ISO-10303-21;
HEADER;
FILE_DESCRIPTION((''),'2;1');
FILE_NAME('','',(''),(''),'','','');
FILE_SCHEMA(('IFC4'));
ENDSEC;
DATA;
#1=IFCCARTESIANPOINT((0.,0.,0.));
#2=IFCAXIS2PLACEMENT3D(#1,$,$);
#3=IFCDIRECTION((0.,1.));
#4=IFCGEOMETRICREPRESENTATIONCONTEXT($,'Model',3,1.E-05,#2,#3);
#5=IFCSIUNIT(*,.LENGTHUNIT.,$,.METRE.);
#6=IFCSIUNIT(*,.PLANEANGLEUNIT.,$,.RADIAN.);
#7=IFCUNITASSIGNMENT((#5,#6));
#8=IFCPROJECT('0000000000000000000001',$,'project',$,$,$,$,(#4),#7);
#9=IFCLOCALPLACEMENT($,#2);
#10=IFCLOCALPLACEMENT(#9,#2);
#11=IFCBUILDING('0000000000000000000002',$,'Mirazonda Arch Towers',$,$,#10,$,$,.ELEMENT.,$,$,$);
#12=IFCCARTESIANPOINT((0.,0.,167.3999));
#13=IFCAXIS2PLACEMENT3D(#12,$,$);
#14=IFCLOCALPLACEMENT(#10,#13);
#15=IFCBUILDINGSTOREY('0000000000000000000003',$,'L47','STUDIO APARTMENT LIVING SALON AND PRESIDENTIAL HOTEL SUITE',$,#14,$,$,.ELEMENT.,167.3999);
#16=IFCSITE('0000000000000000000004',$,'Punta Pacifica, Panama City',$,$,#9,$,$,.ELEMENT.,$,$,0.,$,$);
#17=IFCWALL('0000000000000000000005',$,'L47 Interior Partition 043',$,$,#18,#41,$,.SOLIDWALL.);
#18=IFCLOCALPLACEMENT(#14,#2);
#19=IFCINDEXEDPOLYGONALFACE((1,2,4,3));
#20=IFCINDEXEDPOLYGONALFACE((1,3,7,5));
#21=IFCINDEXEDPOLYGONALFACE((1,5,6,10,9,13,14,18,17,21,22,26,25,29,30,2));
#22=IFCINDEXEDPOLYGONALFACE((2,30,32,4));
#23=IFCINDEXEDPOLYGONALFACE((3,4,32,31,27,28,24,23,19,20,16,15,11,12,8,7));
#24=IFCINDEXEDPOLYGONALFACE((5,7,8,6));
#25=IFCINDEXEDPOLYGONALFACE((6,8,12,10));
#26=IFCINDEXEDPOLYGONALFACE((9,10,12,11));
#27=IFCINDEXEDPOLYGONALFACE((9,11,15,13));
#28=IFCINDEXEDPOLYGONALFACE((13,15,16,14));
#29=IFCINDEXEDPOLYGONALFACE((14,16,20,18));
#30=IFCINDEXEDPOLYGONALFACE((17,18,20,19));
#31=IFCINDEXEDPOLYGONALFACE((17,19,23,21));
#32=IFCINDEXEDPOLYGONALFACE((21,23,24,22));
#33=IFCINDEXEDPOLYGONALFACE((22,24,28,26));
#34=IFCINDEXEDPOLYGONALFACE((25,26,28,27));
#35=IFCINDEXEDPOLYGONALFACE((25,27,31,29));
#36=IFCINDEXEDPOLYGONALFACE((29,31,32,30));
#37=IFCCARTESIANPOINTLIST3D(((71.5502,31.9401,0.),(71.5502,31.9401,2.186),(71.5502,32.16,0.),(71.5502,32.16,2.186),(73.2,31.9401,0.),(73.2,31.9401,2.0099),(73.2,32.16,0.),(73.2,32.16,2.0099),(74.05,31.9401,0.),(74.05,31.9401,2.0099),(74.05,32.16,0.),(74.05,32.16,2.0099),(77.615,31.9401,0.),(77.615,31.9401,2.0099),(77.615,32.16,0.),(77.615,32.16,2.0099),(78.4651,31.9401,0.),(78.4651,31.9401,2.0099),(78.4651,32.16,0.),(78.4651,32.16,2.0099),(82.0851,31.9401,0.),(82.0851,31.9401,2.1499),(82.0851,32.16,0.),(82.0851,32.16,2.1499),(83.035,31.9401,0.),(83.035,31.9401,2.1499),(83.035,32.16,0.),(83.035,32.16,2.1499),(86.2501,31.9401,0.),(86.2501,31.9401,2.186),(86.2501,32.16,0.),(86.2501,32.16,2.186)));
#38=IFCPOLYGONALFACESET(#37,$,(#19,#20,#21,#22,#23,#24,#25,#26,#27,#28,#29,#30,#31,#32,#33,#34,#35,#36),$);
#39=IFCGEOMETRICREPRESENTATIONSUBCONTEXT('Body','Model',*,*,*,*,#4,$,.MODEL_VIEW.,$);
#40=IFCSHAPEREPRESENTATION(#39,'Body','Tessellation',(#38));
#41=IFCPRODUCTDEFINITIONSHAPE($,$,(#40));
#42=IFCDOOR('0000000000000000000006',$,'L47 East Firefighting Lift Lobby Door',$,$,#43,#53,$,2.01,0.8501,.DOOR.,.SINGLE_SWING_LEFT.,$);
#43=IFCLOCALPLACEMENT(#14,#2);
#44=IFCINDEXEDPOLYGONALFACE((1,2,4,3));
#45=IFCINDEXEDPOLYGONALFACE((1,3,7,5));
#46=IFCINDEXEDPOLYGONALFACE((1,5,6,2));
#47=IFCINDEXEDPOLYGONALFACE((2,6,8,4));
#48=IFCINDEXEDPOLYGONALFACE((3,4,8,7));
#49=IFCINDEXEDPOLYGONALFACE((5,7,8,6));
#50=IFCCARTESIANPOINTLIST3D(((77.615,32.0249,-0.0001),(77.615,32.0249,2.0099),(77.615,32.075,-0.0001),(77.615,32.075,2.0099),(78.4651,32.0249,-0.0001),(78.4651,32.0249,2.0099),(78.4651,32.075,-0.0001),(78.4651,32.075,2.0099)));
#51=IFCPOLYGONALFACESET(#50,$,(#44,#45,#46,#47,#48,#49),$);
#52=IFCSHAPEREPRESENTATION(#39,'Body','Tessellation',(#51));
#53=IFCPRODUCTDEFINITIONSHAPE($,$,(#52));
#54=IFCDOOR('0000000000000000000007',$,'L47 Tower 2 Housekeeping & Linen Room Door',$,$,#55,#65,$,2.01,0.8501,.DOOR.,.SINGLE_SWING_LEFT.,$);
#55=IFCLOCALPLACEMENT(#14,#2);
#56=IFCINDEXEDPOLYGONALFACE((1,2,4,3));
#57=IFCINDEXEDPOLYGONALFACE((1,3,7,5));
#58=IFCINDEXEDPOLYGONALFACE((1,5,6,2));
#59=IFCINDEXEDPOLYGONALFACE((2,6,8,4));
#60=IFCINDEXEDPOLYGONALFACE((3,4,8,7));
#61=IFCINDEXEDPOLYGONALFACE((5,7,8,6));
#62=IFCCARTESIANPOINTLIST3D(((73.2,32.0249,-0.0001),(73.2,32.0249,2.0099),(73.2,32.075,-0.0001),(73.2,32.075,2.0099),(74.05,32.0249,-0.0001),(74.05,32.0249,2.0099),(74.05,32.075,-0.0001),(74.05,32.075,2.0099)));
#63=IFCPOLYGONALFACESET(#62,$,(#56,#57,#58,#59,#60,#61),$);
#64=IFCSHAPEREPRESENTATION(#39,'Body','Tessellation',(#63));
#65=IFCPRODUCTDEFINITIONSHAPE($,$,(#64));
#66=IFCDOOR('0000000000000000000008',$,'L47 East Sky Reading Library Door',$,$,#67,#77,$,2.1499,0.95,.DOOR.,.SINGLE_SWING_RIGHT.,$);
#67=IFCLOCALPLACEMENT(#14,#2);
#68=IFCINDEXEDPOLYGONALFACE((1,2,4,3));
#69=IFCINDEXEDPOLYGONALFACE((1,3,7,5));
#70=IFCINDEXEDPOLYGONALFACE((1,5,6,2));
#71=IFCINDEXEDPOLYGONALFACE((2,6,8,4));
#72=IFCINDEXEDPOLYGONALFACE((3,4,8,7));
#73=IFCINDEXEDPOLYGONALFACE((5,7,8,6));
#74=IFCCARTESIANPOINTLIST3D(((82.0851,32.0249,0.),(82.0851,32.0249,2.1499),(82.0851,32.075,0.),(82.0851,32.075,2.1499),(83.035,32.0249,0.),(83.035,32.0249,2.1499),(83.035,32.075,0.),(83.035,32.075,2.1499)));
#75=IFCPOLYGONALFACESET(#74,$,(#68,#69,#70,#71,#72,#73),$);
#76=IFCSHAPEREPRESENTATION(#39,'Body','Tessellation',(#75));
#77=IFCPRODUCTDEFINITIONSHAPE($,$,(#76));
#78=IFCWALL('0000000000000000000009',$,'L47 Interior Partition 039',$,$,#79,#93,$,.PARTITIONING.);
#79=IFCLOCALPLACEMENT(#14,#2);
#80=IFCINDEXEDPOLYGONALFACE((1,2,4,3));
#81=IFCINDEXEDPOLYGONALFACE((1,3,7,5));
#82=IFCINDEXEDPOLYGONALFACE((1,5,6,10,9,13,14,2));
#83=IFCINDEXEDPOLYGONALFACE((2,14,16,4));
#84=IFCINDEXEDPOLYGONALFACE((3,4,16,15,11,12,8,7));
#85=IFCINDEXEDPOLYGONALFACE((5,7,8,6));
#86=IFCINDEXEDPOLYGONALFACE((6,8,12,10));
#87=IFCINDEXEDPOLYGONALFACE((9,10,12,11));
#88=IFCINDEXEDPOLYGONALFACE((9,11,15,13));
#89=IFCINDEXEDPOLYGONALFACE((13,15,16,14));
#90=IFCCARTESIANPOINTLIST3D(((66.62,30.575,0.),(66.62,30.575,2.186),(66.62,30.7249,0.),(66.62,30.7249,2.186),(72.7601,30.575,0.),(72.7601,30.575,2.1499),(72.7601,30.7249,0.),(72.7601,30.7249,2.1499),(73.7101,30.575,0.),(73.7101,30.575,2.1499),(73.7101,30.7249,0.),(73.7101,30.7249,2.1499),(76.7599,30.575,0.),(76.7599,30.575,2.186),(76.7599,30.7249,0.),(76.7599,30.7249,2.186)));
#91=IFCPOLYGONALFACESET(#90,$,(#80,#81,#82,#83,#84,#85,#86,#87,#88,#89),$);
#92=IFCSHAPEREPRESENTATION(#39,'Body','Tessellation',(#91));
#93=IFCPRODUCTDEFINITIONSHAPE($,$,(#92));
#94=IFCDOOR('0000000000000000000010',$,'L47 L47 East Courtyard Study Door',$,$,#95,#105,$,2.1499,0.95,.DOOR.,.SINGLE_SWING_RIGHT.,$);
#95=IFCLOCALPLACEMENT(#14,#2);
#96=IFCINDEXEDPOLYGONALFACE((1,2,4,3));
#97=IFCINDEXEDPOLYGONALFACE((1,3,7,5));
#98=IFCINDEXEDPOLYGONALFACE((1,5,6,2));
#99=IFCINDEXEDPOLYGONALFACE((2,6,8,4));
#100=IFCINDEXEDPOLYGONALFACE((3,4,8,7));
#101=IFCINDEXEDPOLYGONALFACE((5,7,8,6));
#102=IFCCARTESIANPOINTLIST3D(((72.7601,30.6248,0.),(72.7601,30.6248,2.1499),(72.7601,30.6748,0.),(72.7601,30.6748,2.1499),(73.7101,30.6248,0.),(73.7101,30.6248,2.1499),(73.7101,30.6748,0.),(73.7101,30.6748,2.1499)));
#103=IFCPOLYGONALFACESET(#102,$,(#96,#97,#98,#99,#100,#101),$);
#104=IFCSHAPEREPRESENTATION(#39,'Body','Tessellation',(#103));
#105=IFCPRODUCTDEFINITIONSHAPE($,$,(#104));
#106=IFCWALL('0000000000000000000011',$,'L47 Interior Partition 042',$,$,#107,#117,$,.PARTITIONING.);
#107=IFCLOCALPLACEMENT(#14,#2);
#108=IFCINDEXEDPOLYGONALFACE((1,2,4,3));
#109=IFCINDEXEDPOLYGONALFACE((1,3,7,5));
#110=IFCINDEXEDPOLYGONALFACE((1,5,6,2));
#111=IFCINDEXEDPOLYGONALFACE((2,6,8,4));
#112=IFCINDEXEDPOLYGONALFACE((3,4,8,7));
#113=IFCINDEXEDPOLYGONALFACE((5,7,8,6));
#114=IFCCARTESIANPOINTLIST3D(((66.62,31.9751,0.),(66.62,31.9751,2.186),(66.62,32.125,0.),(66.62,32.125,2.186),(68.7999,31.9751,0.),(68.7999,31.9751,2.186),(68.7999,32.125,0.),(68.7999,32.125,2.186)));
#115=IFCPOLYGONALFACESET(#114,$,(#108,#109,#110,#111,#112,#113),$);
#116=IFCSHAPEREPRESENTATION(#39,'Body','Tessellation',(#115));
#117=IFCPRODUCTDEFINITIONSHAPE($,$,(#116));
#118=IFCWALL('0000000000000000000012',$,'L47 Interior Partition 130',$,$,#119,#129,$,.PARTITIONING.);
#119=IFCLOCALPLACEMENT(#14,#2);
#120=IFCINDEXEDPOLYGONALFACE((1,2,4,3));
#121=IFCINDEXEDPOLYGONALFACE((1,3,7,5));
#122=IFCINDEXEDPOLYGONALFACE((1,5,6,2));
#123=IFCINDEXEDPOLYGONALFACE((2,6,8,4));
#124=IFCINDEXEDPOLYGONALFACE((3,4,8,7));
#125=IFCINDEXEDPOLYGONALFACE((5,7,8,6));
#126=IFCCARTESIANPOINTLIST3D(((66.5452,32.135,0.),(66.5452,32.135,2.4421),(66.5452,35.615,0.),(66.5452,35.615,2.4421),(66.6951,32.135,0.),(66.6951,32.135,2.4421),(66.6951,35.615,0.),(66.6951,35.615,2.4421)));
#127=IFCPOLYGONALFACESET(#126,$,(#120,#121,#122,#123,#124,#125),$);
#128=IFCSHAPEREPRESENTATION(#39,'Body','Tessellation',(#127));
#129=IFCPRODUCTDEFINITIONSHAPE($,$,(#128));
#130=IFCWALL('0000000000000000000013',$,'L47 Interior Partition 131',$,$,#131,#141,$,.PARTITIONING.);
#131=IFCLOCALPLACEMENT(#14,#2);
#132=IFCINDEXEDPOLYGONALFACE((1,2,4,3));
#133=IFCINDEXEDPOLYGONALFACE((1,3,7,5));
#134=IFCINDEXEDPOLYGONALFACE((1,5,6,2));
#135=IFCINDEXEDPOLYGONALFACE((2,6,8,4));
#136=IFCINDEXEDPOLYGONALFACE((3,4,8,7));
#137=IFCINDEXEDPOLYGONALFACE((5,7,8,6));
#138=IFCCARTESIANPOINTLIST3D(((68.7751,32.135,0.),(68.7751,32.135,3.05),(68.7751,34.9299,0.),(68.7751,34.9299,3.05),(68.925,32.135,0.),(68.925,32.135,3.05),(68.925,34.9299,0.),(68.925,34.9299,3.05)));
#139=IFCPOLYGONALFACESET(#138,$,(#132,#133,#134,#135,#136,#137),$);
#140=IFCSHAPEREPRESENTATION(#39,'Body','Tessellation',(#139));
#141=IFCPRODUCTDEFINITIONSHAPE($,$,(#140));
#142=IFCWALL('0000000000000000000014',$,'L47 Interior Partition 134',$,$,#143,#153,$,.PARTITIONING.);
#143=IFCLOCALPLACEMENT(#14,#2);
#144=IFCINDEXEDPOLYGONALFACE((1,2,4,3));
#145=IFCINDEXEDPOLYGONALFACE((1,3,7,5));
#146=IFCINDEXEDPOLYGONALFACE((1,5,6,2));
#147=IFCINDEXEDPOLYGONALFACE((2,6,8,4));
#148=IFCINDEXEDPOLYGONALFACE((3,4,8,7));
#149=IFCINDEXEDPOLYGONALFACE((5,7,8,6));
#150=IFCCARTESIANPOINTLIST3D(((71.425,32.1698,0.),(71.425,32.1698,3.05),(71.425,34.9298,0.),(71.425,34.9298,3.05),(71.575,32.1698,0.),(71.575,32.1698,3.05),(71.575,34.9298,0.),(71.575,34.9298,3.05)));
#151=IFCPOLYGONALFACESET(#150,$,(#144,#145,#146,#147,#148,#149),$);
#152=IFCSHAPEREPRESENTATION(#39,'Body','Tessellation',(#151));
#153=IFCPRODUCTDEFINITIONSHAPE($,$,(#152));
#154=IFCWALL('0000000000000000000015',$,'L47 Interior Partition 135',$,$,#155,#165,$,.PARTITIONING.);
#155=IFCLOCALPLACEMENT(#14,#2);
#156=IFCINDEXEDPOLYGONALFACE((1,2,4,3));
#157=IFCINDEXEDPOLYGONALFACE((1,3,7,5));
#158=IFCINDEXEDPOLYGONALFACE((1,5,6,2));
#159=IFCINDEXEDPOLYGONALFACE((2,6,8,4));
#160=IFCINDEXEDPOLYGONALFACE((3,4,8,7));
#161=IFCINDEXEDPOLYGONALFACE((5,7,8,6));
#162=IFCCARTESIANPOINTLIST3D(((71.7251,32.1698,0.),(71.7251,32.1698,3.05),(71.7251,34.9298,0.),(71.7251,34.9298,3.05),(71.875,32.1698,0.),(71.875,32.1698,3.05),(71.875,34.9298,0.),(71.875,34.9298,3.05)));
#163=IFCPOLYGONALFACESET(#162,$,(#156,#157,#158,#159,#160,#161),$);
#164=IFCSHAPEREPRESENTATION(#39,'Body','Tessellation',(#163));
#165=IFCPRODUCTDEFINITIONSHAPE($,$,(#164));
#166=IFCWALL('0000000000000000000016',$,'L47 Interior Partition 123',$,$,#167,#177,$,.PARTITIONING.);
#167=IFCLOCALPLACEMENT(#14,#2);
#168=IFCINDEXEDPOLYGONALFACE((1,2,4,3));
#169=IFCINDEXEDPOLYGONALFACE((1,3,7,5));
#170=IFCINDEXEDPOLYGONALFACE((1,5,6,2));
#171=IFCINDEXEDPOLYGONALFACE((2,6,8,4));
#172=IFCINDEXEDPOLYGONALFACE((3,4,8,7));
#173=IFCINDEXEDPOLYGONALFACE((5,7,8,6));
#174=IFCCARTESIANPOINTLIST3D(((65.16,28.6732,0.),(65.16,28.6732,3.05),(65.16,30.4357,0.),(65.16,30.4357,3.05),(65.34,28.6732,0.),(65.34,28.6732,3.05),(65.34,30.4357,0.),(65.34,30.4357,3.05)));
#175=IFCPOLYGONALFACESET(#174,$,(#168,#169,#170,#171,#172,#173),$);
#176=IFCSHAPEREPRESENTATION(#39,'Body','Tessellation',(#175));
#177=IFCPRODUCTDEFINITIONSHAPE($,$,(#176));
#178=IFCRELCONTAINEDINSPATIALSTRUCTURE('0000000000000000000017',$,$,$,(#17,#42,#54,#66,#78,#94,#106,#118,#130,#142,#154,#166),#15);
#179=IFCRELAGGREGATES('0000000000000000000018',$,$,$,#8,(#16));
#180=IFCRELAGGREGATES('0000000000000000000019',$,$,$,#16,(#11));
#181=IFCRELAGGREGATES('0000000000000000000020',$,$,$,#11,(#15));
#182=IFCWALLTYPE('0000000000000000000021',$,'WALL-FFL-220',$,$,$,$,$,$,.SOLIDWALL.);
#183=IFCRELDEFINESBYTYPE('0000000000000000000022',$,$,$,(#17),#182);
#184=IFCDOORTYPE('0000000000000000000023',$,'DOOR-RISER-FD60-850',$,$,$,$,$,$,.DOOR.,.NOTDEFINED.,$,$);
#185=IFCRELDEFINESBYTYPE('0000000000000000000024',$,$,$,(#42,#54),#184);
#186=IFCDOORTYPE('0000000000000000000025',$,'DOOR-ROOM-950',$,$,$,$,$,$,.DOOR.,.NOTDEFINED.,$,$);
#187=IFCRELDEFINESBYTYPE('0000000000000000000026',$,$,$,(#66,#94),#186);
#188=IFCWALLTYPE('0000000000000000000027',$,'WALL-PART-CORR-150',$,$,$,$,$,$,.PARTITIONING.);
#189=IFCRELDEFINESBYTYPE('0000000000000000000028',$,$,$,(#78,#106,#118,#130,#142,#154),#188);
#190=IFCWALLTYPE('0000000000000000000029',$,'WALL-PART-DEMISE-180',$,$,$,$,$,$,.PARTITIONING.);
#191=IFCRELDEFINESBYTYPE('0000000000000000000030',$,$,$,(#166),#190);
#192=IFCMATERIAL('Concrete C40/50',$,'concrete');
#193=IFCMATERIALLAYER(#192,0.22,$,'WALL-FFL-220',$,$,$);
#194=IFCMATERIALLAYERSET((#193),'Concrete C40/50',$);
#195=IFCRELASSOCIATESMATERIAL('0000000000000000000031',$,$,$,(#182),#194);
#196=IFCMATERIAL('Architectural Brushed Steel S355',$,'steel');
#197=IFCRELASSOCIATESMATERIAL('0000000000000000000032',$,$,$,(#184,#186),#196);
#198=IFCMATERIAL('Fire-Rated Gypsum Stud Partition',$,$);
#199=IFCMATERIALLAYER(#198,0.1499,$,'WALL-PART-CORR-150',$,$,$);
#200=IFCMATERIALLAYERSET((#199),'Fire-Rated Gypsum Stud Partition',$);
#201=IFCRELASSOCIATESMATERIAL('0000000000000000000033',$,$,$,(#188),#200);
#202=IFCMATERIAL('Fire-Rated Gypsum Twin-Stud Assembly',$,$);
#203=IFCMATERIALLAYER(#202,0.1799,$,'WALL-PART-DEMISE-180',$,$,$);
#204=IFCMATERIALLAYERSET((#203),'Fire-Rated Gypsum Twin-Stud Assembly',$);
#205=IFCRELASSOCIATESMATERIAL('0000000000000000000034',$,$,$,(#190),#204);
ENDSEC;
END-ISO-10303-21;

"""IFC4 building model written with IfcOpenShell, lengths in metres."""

from ifc_helpers import new_model, si_unit, direction, frame, frame_2d, origin, place, context, subcontext, project, spatial, rectangle, extrude, material, layer, layer_set, type_object, element, fill, save


model = new_model("IFC4")

# Units and contexts
model_context = context("Model", 3, precision=1e-05, world=origin(), true_north=direction((0.0, 1.0)))
body_context = subcontext(model_context, "Body", "Model", "MODEL_VIEW")
ifc_project = project(units=[si_unit("LENGTHUNIT", "METRE"), si_unit("PLANEANGLEUNIT", "RADIAN")], contexts=[model_context])

# Site, building, storey
site_placement = place(None, origin())
site = spatial("IfcSite", under=ifc_project, at=site_placement, Name="Punta Pacifica, Panama City", CompositionType="ELEMENT", RefElevation=0.0)
building_placement = place(site_placement, origin())
building = spatial("IfcBuilding", under=site, at=building_placement, Name="Mirazonda Arch Towers", CompositionType="ELEMENT")
storey_placement = place(building_placement, frame((0.0, 0.0, 167.3999)))
storey = spatial("IfcBuildingStorey", under=building, at=storey_placement, Name="L47", Description="STUDIO APARTMENT LIVING SALON AND PRESIDENTIAL HOTEL SUITE", CompositionType="ELEMENT", Elevation=167.3999)

# Wall, openings, doors
ifc_material_1 = material(Name="Architectural Brushed Steel S355", Category="steel")
ifc_material_2 = material(Name="Concrete C40/50", Category="concrete")
ifc_layer_1 = layer(ifc_material_2, 0.22, Name="WALL-FFL-220")
ifc_layer_set_1 = layer_set([ifc_layer_1], Name="Concrete C40/50")
wall_type_1 = type_object("IfcWallType", Name="WALL-FFL-220", PredefinedType="SOLIDWALL", material=ifc_layer_set_1)
wall_1_placement = place(storey_placement, frame((71.55, 32.05, 0.0), z_axis=(0.0, 0.0, 1.0), x_axis=(1.0, 0.0, 0.0)))
wall_1 = element("IfcWall", 1, at=wall_1_placement, inside=storey, type_object=wall_type_1, Name="L47 Interior Partition 043", PredefinedType="SOLIDWALL", context=body_context, shape_type="SweptSolid", body=[
    extrude(rectangle(XDim=14.7, YDim=0.22, at=frame_2d((7.3501, 0.0))), origin(), (0.0, 0.0, 1.0), 2.186),
])
opening_1_placement = place(wall_1_placement, frame((6.0649, 0.0, 0.0)))
opening_1 = element("IfcOpeningElement", 2, at=opening_1_placement, cuts=wall_1, PredefinedType="OPENING", context=body_context, shape_type="SweptSolid", body=[
    extrude(rectangle(XDim=0.8501, YDim=2.01, at=frame_2d((0.425, 1.0049))), frame((0.0, 0.1199, 0.0), z_axis=(0.0, -1.0, 0.0), x_axis=(1.0, 0.0, 0.0)), (0.0, 0.0, 1.0), 0.24),
])
opening_2_placement = place(wall_1_placement, frame((10.5349, 0.0, 0.0)))
opening_2 = element("IfcOpeningElement", 3, at=opening_2_placement, cuts=wall_1, PredefinedType="OPENING", context=body_context, shape_type="SweptSolid", body=[
    extrude(rectangle(XDim=0.95, YDim=2.1499, at=frame_2d((0.4751, 1.075))), frame((0.0, 0.1199, 0.0), z_axis=(0.0, -1.0, 0.0), x_axis=(1.0, 0.0, 0.0)), (0.0, 0.0, 1.0), 0.24),
])
opening_3_placement = place(wall_1_placement, frame((1.6499, 0.0, 0.0)))
opening_3 = element("IfcOpeningElement", 4, at=opening_3_placement, cuts=wall_1, PredefinedType="OPENING", context=body_context, shape_type="SweptSolid", body=[
    extrude(rectangle(XDim=0.8501, YDim=2.01, at=frame_2d((0.425, 1.0049))), frame((0.0, 0.1199, 0.0), z_axis=(0.0, -1.0, 0.0), x_axis=(1.0, 0.0, 0.0)), (0.0, 0.0, 1.0), 0.24),
])
door_type_1 = type_object("IfcDoorType", Name="DOOR-RISER-FD60-850", OperationType="NOTDEFINED", PredefinedType="DOOR", material=ifc_material_1)
door_1_placement = place(opening_1_placement, origin())
door_1 = element("IfcDoor", 5, at=door_1_placement, inside=storey, type_object=door_type_1, Name="L47 East Firefighting Lift Lobby Door", OperationType="SINGLE_SWING_LEFT", OverallHeight=2.01, OverallWidth=0.8501, PredefinedType="DOOR", context=body_context, shape_type="SweptSolid", body=[
    extrude(rectangle(XDim=0.8501, YDim=2.01, at=frame_2d((0.425, 1.0049))), frame((0.0, 0.0249, 0.0), z_axis=(0.0, -1.0, 0.0), x_axis=(1.0, 0.0, 0.0)), (0.0, 0.0, 1.0), 0.05),
])
fill(opening_1, door_1)
door_2_placement = place(opening_3_placement, origin())
door_2 = element("IfcDoor", 6, at=door_2_placement, inside=storey, type_object=door_type_1, Name="L47 Tower 2 Housekeeping & Linen Room Door", OperationType="SINGLE_SWING_LEFT", OverallHeight=2.01, OverallWidth=0.8501, PredefinedType="DOOR", context=body_context, shape_type="SweptSolid", body=[
    extrude(rectangle(XDim=0.8501, YDim=2.01, at=frame_2d((0.425, 1.0049))), frame((0.0, 0.0249, 0.0), z_axis=(0.0, -1.0, 0.0), x_axis=(1.0, 0.0, 0.0)), (0.0, 0.0, 1.0), 0.05),
])
fill(opening_3, door_2)
door_type_2 = type_object("IfcDoorType", Name="DOOR-ROOM-950", OperationType="NOTDEFINED", PredefinedType="DOOR", material=ifc_material_1)
door_3_placement = place(opening_2_placement, origin())
door_3 = element("IfcDoor", 7, at=door_3_placement, inside=storey, type_object=door_type_2, Name="L47 East Sky Reading Library Door", OperationType="SINGLE_SWING_RIGHT", OverallHeight=2.1499, OverallWidth=0.95, PredefinedType="DOOR", context=body_context, shape_type="SweptSolid", body=[
    extrude(rectangle(XDim=0.95, YDim=2.1499, at=frame_2d((0.4751, 1.075))), frame((0.0, 0.0249, 0.0), z_axis=(0.0, -1.0, 0.0), x_axis=(1.0, 0.0, 0.0)), (0.0, 0.0, 1.0), 0.05),
])
fill(opening_2, door_3)

# Wall, opening, door
ifc_material_3 = material(Name="Fire-Rated Gypsum Stud Partition")
ifc_layer_2 = layer(ifc_material_3, 0.1499, Name="WALL-PART-CORR-150")
ifc_layer_set_2 = layer_set([ifc_layer_2], Name="Fire-Rated Gypsum Stud Partition")
wall_type_2 = type_object("IfcWallType", Name="WALL-PART-CORR-150", PredefinedType="PARTITIONING", material=ifc_layer_set_2)
wall_2_placement = place(storey_placement, frame((66.6201, 30.6499, 0.0), z_axis=(0.0, 0.0, 1.0), x_axis=(1.0, 0.0, 0.0)))
wall_2 = element("IfcWall", 8, at=wall_2_placement, inside=storey, type_object=wall_type_2, Name="L47 Interior Partition 039", PredefinedType="PARTITIONING", context=body_context, shape_type="SweptSolid", body=[
    extrude(rectangle(XDim=10.1399, YDim=0.1499, at=frame_2d((5.0698, 0.0))), origin(), (0.0, 0.0, 1.0), 2.186),
])
opening_4_placement = place(wall_2_placement, frame((6.1399, 0.0, 0.0)))
opening_4 = element("IfcOpeningElement", 9, at=opening_4_placement, cuts=wall_2, PredefinedType="OPENING", context=body_context, shape_type="SweptSolid", body=[
    extrude(rectangle(XDim=0.95, YDim=2.1499, at=frame_2d((0.4751, 1.075))), frame((0.0, 0.085, 0.0), z_axis=(0.0, -1.0, 0.0), x_axis=(1.0, 0.0, 0.0)), (0.0, 0.0, 1.0), 0.1699),
])
door_4_placement = place(opening_4_placement, origin())
door_4 = element("IfcDoor", 10, at=door_4_placement, inside=storey, type_object=door_type_2, Name="L47 L47 East Courtyard Study Door", OperationType="SINGLE_SWING_RIGHT", OverallHeight=2.1499, OverallWidth=0.95, PredefinedType="DOOR", context=body_context, shape_type="SweptSolid", body=[
    extrude(rectangle(XDim=0.95, YDim=2.1499, at=frame_2d((0.4751, 1.075))), frame((0.0, 0.0249, 0.0), z_axis=(0.0, -1.0, 0.0), x_axis=(1.0, 0.0, 0.0)), (0.0, 0.0, 1.0), 0.05),
])
fill(opening_4, door_4)

# Walls
wall_3_placement = place(storey_placement, frame((66.6201, 32.05, 0.0), z_axis=(0.0, 0.0, 1.0), x_axis=(1.0, 0.0, 0.0)))
element("IfcWall", 11, at=wall_3_placement, inside=storey, type_object=wall_type_2, Name="L47 Interior Partition 042", PredefinedType="PARTITIONING", context=body_context, shape_type="SweptSolid", body=[
    extrude(rectangle(XDim=2.1799, YDim=0.1499, at=frame_2d((1.0898, 0.0))), origin(), (0.0, 0.0, 1.0), 2.186),
])
wall_4_placement = place(storey_placement, frame((66.6201, 32.135, 0.0), z_axis=(0.0, 0.0, 1.0), x_axis=(0.0, 1.0, 0.0)))
element("IfcWall", 12, at=wall_4_placement, inside=storey, type_object=wall_type_2, Name="L47 Interior Partition 130", PredefinedType="PARTITIONING", context=body_context, shape_type="SweptSolid", body=[
    extrude(rectangle(XDim=3.48, YDim=0.1499, at=frame_2d((1.74, 0.0))), origin(), (0.0, 0.0, 1.0), 2.4421),
])
wall_5_placement = place(storey_placement, frame((68.8501, 32.135, 0.0), z_axis=(0.0, 0.0, 1.0), x_axis=(0.0, 1.0, 0.0)))
element("IfcWall", 13, at=wall_5_placement, inside=storey, type_object=wall_type_2, Name="L47 Interior Partition 131", PredefinedType="PARTITIONING", context=body_context, shape_type="SweptSolid", body=[
    extrude(rectangle(XDim=2.7949, YDim=0.1499, at=frame_2d((1.3975, 0.0))), origin(), (0.0, 0.0, 1.0), 3.05),
])
for number, where, z_axis, x_axis, name in (
    (14, (71.5, 32.1699, 0.0), (0.0, 0.0, 1.0), (0.0, 1.0, 0.0), "L47 Interior Partition 134"),
    (15, (71.8, 32.1699, 0.0), (0.0, 0.0, 1.0), (0.0, 1.0, 0.0), "L47 Interior Partition 135"),
):
    element("IfcWall", number, at=place(storey_placement, frame(where, z_axis=z_axis, x_axis=x_axis)), inside=storey, type_object=wall_type_2, Name=name, PredefinedType="PARTITIONING", context=body_context, shape_type="SweptSolid", body=[
        extrude(rectangle(XDim=2.76, YDim=0.1499, at=frame_2d((1.3799, 0.0))), origin(), (0.0, 0.0, 1.0), 3.05),
    ])
ifc_material_4 = material(Name="Fire-Rated Gypsum Twin-Stud Assembly")
ifc_layer_3 = layer(ifc_material_4, 0.1799, Name="WALL-PART-DEMISE-180")
ifc_layer_set_3 = layer_set([ifc_layer_3], Name="Fire-Rated Gypsum Twin-Stud Assembly")
wall_type_3 = type_object("IfcWallType", Name="WALL-PART-DEMISE-180", PredefinedType="PARTITIONING", material=ifc_layer_set_3)
wall_6_placement = place(storey_placement, frame((65.25, 28.6731, 0.0), z_axis=(0.0, 0.0, 1.0), x_axis=(0.0, 1.0, 0.0)))
element("IfcWall", 16, at=wall_6_placement, inside=storey, type_object=wall_type_3, Name="L47 Interior Partition 123", PredefinedType="PARTITIONING", context=body_context, shape_type="SweptSolid", body=[
    extrude(rectangle(XDim=1.7625, YDim=0.1799, at=frame_2d((0.8813, 0.0))), origin(), (0.0, 0.0, 1.0), 3.05),
])

save(model, "model.ifc")
